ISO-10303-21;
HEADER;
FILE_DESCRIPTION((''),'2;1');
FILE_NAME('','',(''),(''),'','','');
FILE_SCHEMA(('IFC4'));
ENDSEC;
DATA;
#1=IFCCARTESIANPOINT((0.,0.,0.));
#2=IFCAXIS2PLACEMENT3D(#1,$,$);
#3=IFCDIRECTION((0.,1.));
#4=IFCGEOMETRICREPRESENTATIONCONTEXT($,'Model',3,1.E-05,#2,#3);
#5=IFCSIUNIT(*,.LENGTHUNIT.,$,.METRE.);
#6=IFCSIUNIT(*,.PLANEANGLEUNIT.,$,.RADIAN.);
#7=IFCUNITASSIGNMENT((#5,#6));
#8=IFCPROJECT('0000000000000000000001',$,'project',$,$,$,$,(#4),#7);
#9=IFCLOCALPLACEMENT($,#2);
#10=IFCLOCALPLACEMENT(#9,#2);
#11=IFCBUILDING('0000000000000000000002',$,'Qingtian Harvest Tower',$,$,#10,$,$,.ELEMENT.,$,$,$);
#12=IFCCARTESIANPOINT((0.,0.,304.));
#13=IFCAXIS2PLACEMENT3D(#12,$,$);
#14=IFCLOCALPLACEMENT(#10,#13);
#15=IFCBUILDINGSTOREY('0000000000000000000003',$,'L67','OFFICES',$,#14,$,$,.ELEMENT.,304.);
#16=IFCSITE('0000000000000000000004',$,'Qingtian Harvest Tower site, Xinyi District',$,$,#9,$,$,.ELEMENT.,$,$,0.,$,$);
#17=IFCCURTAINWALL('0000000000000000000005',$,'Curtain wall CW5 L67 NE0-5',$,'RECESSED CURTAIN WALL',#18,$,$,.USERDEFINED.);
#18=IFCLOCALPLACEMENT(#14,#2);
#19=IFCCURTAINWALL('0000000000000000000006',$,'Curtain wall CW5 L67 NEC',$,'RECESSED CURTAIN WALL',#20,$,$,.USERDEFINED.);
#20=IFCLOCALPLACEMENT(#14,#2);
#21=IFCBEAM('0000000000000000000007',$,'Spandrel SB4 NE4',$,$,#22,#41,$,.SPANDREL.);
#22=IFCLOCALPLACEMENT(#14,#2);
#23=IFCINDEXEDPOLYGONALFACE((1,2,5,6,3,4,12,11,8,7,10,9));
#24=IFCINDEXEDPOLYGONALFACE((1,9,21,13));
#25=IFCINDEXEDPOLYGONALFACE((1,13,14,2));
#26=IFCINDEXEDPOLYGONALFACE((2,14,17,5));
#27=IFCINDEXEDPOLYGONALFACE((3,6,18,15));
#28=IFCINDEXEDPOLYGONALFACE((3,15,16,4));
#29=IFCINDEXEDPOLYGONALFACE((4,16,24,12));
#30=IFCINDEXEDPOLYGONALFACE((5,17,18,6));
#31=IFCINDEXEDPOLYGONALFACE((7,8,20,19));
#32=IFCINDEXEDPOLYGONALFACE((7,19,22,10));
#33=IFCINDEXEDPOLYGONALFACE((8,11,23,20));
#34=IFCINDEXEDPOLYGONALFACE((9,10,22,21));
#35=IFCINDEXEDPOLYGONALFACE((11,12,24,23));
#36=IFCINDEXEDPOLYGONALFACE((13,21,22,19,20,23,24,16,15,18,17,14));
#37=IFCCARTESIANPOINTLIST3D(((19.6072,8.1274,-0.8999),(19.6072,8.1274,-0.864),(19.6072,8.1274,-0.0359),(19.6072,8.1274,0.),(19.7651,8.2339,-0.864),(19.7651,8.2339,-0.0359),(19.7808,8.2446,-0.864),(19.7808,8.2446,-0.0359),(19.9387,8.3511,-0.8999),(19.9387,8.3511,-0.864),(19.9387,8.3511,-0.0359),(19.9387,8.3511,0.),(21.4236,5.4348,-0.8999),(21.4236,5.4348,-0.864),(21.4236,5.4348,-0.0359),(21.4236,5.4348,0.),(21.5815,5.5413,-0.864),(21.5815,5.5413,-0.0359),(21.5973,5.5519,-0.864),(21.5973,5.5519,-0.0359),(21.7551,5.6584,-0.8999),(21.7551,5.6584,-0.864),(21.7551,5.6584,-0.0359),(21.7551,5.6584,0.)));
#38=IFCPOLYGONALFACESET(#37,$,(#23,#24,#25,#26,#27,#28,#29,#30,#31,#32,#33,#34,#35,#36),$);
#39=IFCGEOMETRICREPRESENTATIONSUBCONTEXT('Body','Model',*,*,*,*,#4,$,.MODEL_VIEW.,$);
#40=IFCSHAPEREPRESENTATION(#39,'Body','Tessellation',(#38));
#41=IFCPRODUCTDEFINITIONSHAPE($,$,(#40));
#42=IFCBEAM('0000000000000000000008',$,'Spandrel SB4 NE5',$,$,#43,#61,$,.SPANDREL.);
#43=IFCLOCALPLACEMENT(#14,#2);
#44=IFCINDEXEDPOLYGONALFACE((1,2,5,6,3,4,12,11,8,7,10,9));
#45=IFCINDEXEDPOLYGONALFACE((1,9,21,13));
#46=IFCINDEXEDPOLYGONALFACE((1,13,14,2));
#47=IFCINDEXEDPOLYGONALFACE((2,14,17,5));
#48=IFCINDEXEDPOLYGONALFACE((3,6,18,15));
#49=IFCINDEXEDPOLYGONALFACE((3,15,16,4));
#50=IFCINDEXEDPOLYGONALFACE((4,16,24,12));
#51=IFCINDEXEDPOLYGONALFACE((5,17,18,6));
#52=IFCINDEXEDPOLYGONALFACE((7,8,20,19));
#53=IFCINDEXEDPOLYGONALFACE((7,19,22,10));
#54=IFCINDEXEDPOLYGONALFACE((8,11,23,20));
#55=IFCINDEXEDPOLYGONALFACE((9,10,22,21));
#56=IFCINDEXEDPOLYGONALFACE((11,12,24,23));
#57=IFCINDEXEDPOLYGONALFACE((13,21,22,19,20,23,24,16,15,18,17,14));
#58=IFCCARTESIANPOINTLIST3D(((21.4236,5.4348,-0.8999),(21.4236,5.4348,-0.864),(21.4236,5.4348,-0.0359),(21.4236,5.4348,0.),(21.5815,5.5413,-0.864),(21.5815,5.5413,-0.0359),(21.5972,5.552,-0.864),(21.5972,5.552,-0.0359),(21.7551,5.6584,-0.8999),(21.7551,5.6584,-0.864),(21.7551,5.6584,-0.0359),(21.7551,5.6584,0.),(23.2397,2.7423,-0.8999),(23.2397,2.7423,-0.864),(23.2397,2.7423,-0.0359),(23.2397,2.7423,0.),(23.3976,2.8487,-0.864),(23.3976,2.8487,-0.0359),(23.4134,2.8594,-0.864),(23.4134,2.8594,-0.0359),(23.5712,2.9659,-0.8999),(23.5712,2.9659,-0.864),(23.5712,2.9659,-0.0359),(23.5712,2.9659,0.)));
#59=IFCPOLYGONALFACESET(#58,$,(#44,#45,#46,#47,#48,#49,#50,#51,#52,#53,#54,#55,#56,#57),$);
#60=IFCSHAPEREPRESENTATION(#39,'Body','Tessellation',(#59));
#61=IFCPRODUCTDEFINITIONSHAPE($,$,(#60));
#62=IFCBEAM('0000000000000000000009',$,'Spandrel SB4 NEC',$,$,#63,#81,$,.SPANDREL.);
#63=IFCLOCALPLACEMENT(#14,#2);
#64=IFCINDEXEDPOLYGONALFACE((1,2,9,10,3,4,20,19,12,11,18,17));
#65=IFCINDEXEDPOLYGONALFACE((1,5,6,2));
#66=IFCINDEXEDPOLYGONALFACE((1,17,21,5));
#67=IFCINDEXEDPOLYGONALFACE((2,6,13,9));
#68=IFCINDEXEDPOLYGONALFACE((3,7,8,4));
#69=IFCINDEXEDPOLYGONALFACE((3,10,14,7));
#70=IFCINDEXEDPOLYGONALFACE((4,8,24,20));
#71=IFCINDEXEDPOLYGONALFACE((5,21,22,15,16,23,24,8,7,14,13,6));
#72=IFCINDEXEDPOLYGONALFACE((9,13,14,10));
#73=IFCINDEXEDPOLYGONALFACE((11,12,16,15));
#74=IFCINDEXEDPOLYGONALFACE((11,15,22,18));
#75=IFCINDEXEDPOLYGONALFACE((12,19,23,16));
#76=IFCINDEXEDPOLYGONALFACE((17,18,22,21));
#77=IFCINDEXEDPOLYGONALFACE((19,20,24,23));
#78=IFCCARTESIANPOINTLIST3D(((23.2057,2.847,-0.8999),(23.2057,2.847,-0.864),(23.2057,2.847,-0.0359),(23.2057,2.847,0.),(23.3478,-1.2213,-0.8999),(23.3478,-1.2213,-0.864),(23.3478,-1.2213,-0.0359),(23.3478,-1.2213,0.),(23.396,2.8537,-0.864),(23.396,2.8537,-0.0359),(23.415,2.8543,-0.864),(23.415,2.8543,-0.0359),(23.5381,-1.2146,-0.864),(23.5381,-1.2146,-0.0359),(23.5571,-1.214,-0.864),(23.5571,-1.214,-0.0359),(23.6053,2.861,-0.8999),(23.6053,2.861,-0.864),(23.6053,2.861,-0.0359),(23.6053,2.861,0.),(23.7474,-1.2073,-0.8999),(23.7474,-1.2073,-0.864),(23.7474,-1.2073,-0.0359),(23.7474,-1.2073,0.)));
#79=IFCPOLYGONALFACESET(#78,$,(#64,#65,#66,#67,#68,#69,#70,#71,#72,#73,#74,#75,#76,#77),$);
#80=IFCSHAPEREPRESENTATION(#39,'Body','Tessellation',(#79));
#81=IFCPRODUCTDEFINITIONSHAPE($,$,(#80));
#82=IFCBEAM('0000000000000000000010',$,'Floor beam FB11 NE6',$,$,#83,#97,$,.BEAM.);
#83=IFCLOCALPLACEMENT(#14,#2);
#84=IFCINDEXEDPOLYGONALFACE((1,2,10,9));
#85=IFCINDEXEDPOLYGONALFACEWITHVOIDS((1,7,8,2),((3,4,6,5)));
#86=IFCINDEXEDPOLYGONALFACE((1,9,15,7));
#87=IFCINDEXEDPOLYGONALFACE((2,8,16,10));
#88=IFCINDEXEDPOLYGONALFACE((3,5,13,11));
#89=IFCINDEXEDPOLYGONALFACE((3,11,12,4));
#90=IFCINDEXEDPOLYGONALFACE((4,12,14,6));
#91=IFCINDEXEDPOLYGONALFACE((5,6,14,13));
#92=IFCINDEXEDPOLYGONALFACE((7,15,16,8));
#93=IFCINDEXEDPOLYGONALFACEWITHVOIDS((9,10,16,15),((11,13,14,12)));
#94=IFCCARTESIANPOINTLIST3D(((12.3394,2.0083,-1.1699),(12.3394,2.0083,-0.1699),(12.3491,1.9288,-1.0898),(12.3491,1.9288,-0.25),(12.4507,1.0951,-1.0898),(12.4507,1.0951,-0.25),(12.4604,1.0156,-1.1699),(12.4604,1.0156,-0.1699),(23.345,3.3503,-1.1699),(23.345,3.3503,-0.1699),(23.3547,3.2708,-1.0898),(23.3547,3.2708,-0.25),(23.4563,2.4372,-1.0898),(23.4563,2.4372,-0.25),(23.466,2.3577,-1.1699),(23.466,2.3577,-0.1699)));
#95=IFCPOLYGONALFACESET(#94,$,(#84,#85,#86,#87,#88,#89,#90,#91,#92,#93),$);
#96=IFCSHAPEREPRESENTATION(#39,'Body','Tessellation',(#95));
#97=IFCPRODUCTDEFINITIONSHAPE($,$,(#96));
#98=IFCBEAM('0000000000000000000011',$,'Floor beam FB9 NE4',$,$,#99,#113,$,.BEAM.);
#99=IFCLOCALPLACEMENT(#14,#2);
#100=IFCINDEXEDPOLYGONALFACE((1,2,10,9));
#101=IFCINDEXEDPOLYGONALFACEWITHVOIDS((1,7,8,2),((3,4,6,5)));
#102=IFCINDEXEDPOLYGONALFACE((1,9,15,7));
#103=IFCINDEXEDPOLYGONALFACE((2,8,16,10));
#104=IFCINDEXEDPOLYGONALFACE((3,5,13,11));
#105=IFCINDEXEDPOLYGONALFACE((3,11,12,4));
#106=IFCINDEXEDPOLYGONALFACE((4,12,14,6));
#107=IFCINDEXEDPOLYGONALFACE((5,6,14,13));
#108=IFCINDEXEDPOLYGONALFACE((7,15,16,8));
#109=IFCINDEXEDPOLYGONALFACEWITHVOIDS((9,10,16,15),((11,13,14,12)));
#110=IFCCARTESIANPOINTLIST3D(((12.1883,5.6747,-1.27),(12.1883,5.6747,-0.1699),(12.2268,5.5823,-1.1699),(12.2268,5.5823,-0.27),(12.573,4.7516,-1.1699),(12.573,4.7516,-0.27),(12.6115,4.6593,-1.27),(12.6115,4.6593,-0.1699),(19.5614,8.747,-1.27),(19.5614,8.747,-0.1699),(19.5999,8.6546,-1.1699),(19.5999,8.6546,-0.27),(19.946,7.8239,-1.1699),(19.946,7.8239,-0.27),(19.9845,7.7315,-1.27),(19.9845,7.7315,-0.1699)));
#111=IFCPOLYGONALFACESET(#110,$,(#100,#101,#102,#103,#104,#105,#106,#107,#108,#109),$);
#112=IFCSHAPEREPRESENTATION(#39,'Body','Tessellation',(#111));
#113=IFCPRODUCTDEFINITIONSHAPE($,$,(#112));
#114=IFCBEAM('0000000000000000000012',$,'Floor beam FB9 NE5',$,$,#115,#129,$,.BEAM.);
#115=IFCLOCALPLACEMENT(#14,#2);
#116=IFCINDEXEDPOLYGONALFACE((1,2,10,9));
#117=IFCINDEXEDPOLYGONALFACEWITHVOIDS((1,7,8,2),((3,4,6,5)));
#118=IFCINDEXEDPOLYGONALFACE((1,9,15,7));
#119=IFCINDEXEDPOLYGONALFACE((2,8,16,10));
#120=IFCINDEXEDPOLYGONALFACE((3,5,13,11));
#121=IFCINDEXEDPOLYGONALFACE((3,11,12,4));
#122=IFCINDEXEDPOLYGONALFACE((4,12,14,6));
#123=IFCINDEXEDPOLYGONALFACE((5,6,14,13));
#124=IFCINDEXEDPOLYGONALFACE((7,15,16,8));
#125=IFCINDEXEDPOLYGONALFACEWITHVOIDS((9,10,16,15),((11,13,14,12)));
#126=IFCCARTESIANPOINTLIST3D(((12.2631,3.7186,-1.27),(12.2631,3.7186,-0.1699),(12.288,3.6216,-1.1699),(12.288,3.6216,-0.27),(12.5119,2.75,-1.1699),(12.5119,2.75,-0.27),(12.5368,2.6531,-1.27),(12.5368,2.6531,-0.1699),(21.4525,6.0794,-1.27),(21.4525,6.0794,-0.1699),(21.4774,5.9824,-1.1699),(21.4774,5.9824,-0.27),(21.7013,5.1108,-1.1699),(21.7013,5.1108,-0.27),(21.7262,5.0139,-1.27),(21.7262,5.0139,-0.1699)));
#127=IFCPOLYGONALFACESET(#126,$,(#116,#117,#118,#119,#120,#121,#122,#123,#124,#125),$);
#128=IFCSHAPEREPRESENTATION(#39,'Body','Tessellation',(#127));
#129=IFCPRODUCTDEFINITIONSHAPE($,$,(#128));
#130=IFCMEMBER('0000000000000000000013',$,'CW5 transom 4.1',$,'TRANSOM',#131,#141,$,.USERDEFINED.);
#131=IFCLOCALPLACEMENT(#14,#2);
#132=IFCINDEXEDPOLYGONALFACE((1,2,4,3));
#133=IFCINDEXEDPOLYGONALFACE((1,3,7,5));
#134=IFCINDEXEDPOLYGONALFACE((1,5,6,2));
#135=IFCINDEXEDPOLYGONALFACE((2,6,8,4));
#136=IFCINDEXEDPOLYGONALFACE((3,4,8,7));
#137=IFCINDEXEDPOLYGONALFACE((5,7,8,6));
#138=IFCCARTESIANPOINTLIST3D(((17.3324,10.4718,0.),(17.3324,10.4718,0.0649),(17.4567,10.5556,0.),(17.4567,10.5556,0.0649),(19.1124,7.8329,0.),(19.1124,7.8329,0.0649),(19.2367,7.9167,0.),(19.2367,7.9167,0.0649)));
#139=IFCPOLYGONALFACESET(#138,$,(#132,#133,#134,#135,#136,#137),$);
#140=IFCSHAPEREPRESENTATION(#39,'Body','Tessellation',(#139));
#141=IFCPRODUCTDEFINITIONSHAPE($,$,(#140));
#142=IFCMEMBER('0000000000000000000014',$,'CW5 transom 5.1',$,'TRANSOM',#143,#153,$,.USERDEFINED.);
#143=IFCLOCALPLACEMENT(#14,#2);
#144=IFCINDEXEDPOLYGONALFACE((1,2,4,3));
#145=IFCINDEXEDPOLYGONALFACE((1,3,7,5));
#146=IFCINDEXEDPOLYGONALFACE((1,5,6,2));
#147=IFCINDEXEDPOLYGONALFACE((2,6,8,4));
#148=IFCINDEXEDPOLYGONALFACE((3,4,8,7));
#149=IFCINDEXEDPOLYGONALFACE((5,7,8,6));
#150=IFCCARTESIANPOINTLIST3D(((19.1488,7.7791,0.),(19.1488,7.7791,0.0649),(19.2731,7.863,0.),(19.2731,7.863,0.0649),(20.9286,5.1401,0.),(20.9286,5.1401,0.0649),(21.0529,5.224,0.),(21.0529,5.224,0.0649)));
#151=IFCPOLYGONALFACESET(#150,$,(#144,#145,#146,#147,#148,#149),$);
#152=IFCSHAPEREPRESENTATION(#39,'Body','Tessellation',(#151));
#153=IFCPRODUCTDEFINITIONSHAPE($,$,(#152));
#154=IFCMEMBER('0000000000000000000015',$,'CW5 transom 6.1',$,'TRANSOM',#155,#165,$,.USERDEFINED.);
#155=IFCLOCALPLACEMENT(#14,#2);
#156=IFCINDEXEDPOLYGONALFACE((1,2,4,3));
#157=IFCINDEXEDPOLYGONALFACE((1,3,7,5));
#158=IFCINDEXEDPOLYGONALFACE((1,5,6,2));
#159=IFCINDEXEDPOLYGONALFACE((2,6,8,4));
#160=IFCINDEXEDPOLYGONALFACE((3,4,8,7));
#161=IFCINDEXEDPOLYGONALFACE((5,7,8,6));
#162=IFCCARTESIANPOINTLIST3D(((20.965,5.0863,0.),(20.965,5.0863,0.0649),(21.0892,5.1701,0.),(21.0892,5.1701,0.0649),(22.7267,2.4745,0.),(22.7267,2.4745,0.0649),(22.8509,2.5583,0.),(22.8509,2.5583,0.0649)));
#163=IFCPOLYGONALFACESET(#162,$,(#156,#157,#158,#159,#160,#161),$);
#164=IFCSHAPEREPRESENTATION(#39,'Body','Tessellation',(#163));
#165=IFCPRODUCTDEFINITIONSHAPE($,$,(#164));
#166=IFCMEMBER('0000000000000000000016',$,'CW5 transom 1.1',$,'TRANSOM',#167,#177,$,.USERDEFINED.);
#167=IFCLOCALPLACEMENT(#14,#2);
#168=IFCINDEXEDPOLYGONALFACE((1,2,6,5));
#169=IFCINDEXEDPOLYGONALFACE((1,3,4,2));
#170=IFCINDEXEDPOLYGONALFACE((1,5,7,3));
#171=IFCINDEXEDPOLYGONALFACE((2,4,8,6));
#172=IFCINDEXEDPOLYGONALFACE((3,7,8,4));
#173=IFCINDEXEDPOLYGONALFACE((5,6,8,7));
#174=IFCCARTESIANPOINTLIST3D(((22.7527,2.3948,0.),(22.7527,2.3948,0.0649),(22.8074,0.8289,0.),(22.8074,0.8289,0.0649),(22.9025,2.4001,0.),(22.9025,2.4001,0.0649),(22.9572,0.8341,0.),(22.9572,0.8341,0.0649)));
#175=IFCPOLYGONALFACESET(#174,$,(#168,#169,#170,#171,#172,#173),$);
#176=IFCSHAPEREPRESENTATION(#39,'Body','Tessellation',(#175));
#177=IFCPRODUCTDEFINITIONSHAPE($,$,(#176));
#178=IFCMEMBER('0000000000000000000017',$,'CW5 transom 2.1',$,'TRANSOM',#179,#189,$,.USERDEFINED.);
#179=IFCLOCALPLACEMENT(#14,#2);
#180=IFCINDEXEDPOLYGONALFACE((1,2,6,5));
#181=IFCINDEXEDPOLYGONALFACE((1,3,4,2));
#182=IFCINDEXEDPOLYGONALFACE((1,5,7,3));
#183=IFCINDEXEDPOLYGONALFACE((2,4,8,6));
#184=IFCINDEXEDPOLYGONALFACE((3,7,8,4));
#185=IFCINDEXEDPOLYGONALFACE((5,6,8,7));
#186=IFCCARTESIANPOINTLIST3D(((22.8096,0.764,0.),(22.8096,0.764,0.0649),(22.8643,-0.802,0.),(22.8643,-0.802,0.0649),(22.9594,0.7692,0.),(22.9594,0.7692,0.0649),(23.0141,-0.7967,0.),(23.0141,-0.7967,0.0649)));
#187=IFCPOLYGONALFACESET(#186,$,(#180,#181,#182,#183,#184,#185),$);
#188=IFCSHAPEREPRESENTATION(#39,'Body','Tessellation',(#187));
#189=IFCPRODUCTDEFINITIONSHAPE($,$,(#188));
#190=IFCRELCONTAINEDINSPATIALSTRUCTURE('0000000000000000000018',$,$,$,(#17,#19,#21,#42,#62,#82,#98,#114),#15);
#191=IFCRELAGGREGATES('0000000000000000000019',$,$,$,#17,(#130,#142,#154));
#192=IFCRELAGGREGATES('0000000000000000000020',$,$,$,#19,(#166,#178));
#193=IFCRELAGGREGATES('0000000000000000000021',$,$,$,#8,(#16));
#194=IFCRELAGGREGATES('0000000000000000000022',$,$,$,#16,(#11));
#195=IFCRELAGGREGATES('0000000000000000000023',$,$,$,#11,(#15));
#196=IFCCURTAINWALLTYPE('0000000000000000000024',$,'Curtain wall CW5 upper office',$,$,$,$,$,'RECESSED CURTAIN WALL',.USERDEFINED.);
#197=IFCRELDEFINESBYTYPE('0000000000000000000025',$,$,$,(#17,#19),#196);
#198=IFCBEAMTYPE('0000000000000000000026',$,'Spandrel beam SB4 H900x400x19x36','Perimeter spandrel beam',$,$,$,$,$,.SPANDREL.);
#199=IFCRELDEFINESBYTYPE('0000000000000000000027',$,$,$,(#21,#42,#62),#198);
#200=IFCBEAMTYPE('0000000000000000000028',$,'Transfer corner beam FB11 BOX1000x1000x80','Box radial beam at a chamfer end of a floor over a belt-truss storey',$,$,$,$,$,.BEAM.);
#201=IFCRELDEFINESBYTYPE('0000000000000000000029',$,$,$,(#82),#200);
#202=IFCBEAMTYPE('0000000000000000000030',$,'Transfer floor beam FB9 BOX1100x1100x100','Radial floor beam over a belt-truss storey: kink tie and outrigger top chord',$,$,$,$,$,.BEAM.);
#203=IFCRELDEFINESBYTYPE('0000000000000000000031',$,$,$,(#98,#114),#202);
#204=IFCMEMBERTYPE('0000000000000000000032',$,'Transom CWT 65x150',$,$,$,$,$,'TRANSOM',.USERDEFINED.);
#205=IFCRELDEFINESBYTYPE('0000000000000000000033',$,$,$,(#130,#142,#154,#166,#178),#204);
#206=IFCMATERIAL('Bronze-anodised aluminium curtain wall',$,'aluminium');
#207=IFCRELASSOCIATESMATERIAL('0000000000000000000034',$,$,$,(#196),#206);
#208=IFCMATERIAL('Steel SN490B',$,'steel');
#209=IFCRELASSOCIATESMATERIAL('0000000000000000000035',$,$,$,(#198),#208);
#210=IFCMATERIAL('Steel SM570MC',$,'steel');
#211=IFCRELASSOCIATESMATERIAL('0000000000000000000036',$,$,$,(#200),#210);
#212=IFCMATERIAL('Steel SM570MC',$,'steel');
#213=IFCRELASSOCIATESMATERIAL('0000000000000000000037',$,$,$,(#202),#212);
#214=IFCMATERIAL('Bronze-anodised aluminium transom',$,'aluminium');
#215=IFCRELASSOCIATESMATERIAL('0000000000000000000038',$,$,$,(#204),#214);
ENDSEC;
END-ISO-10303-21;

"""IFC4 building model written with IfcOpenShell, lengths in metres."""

from ifc_helpers import new_model, si_unit, direction, frame, origin, origin_2d, place, context, subcontext, project, spatial, rectangle, hollow_rectangle, i_section, extrude, material, material_profile, profile_set, type_object, element, aggregate, save


model = new_model("IFC4")

# Units and contexts
model_context = context("Model", 3, precision=1e-05, world=origin(), true_north=direction((0.0, 1.0)))
body_context = subcontext(model_context, "Body", "Model", "MODEL_VIEW")
ifc_project = project(units=[si_unit("LENGTHUNIT", "METRE"), si_unit("PLANEANGLEUNIT", "RADIAN")], contexts=[model_context])

# Site, building, storey
site_placement = place(None, origin())
site = spatial("IfcSite", under=ifc_project, at=site_placement, Name="Qingtian Harvest Tower site, Xinyi District", CompositionType="ELEMENT", RefElevation=0.0)
building_placement = place(site_placement, origin())
building = spatial("IfcBuilding", under=site, at=building_placement, Name="Qingtian Harvest Tower", CompositionType="ELEMENT")
storey_placement = place(building_placement, frame((0.0, 0.0, 304.0)))
storey = spatial("IfcBuildingStorey", under=building, at=storey_placement, Name="L67", Description="OFFICES", CompositionType="ELEMENT", Elevation=304.0)

# Curtain walls
ifc_material_1 = material(Name="Bronze-anodised aluminium curtain wall", Category="aluminium")
curtain_wall_type = type_object("IfcCurtainWallType", Name="Curtain wall CW5 upper office", ElementType="RECESSED CURTAIN WALL", PredefinedType="USERDEFINED", material=ifc_material_1)
curtain_wall_1_placement = place(storey_placement, origin())
curtain_wall_1 = element("IfcCurtainWall", 1, at=curtain_wall_1_placement, inside=storey, type_object=curtain_wall_type, Name="Curtain wall CW5 L67 NE0-5", ObjectType="RECESSED CURTAIN WALL", PredefinedType="USERDEFINED")
curtain_wall_2_placement = place(storey_placement, origin())
curtain_wall_2 = element("IfcCurtainWall", 2, at=curtain_wall_2_placement, inside=storey, type_object=curtain_wall_type, Name="Curtain wall CW5 L67 NEC", ObjectType="RECESSED CURTAIN WALL", PredefinedType="USERDEFINED")

# Beams
ifc_material_2 = material(Name="Steel SN490B", Category="steel")
ifc_material_profile_1 = material_profile(ifc_material_2, i_section(OverallWidth=0.3999, OverallDepth=0.8999, WebThickness=0.019, FlangeThickness=0.0359, at=origin_2d()), Name="H900x400x19x36")
ifc_profile_set_1 = profile_set([ifc_material_profile_1], Name="Steel SN490B")
beam_type_1 = type_object("IfcBeamType", Name="Spandrel beam SB4 H900x400x19x36", Description="Perimeter spandrel beam", PredefinedType="SPANDREL", material=ifc_profile_set_1)
beam_1_placement = place(storey_placement, frame((19.7729, 8.2393, -0.45), z_axis=(0.559237, -0.829008, 0.0), x_axis=(0.829008, 0.559237, 0.0)))
element("IfcBeam", 3, at=beam_1_placement, inside=storey, type_object=beam_type_1, Name="Spandrel SB4 NE4", PredefinedType="SPANDREL", context=body_context, shape_type="SweptSolid", body=[
    extrude(i_section(OverallWidth=0.3999, OverallDepth=0.8999, WebThickness=0.019, FlangeThickness=0.0359, at=origin_2d()), origin(), (0.0, 0.0, 1.0), 3.248),
])
beam_2_placement = place(storey_placement, frame((21.5894, 5.5466, -0.45), z_axis=(0.559185, -0.829043, 0.0), x_axis=(0.829043, 0.559185, 0.0)))
element("IfcBeam", 4, at=beam_2_placement, inside=storey, type_object=beam_type_1, Name="Spandrel SB4 NE5", PredefinedType="SPANDREL", context=body_context, shape_type="SweptSolid", body=[
    extrude(i_section(OverallWidth=0.3999, OverallDepth=0.8999, WebThickness=0.019, FlangeThickness=0.0359, at=origin_2d()), origin(), (0.0, 0.0, 1.0), 3.2478),
])
beam_3_placement = place(storey_placement, frame((23.4055, 2.854, -0.45), z_axis=(0.034904, -0.999391, 0.0), x_axis=(0.999391, 0.034904, 0.0)))
element("IfcBeam", 5, at=beam_3_placement, inside=storey, type_object=beam_type_1, Name="Spandrel SB4 NEC", PredefinedType="SPANDREL", context=body_context, shape_type="SweptSolid", body=[
    extrude(i_section(OverallWidth=0.3999, OverallDepth=0.8999, WebThickness=0.019, FlangeThickness=0.0359, at=origin_2d()), origin(), (0.0, 0.0, 1.0), 4.0708),
])
ifc_material_3 = material(Name="Steel SM570MC", Category="steel")
ifc_material_profile_2 = material_profile(ifc_material_3, hollow_rectangle(XDim=1.0, YDim=1.0, WallThickness=0.0801, at=origin_2d()), Name="BOX1000x1000x80")
ifc_profile_set_2 = profile_set([ifc_material_profile_2], Name="Steel SM570MC")
beam_type_2 = type_object("IfcBeamType", Name="Transfer corner beam FB11 BOX1000x1000x80", Description="Box radial beam at a chamfer end of a floor over a belt-truss storey", PredefinedType="BEAM", material=ifc_profile_set_2)
beam_4_placement = place(storey_placement, frame((23.4055, 2.854, -0.6699), z_axis=(-0.992647, -0.121045, 0.0), x_axis=(0.121045, -0.992647, 0.0)))
element("IfcBeam", 6, at=beam_4_placement, inside=storey, type_object=beam_type_2, Name="Floor beam FB11 NE6", PredefinedType="BEAM", context=body_context, shape_type="SweptSolid", body=[
    extrude(hollow_rectangle(XDim=1.0, YDim=1.0, WallThickness=0.0801, at=origin_2d()), origin(), (0.0, 0.0, 1.0), 11.0872),
])
ifc_material_4 = material(Name="Steel SM570MC", Category="steel")
ifc_material_profile_3 = material_profile(ifc_material_4, hollow_rectangle(XDim=1.1001, YDim=1.1001, WallThickness=0.1001, at=origin_2d()), Name="BOX1100x1100x100")
ifc_profile_set_3 = profile_set([ifc_material_profile_3], Name="Steel SM570MC")
beam_type_3 = type_object("IfcBeamType", Name="Transfer floor beam FB9 BOX1100x1100x100", Description="Radial floor beam over a belt-truss storey: kink tie and outrigger top chord", PredefinedType="BEAM", material=ifc_profile_set_3)
beam_5_placement = place(storey_placement, frame((19.7729, 8.2393, -0.72), z_axis=(-0.92307, -0.384633, 0.0), x_axis=(0.384633, -0.92307, 0.0)))
element("IfcBeam", 7, at=beam_5_placement, inside=storey, type_object=beam_type_3, Name="Floor beam FB9 NE4", PredefinedType="BEAM", context=body_context, shape_type="SweptSolid", body=[
    extrude(hollow_rectangle(XDim=1.1001, YDim=1.1001, WallThickness=0.1001, at=origin_2d()), origin(), (0.0, 0.0, 1.0), 7.9875),
])
beam_6_placement = place(storey_placement, frame((21.5894, 5.5466, -0.72), z_axis=(-0.968548, -0.248827, 0.0), x_axis=(0.248827, -0.968548, 0.0)))
element("IfcBeam", 8, at=beam_6_placement, inside=storey, type_object=beam_type_3, Name="Floor beam FB9 NE5", PredefinedType="BEAM", context=body_context, shape_type="SweptSolid", body=[
    extrude(hollow_rectangle(XDim=1.1001, YDim=1.1001, WallThickness=0.1001, at=origin_2d()), origin(), (0.0, 0.0, 1.0), 9.4878),
])

# Members
ifc_material_5 = material(Name="Bronze-anodised aluminium transom", Category="aluminium")
ifc_material_profile_4 = material_profile(ifc_material_5, rectangle(XDim=0.1499, YDim=0.0649, at=origin_2d()), Name="AL 65x150")
ifc_profile_set_4 = profile_set([ifc_material_profile_4], Name="Bronze-anodised aluminium transom")
member_type_1 = type_object("IfcMemberType", Name="Transom CWT 65x150", ElementType="TRANSOM", PredefinedType="USERDEFINED", material=ifc_profile_set_4)
member_1_placement = place(storey_placement, frame((17.3945, 10.5137, 0.0325), z_axis=(0.559205, -0.829029, 0.0), x_axis=(0.829029, 0.559205, 0.0)))
member_1 = element("IfcMember", 9, at=member_1_placement, type_object=member_type_1, Name="CW5 transom 4.1", ObjectType="TRANSOM", PredefinedType="USERDEFINED", context=body_context, shape_type="SweptSolid", body=[
    extrude(rectangle(XDim=0.1499, YDim=0.0649, at=origin_2d()), origin(), (0.0, 0.0, 1.0), 3.1831),
])
member_2_placement = place(storey_placement, frame((19.2109, 7.821, 0.0325), z_axis=(0.559153, -0.829065, 0.0), x_axis=(0.829065, 0.559153, 0.0)))
member_2 = element("IfcMember", 10, at=member_2_placement, type_object=member_type_1, Name="CW5 transom 5.1", ObjectType="TRANSOM", PredefinedType="USERDEFINED", context=body_context, shape_type="SweptSolid", body=[
    extrude(rectangle(XDim=0.1499, YDim=0.0649, at=origin_2d()), origin(), (0.0, 0.0, 1.0), 3.1831),
])
member_3_placement = place(storey_placement, frame((21.0271, 5.1282, 0.0325), z_axis=(0.559199, -0.829034, 0.0), x_axis=(0.829034, 0.559199, 0.0)))
member_3 = element("IfcMember", 11, at=member_3_placement, type_object=member_type_1, Name="CW5 transom 6.1", ObjectType="TRANSOM", PredefinedType="USERDEFINED", context=body_context, shape_type="SweptSolid", body=[
    extrude(rectangle(XDim=0.1499, YDim=0.0649, at=origin_2d()), origin(), (0.0, 0.0, 1.0), 3.1504),
])
member_4_placement = place(storey_placement, frame((22.8276, 2.3975, 0.0325), z_axis=(0.034902, -0.999391, 0.0), x_axis=(0.999391, 0.034902, 0.0)))
member_4 = element("IfcMember", 12, at=member_4_placement, type_object=member_type_1, Name="CW5 transom 1.1", ObjectType="TRANSOM", PredefinedType="USERDEFINED", context=body_context, shape_type="SweptSolid", body=[
    extrude(rectangle(XDim=0.1499, YDim=0.0649, at=origin_2d()), origin(), (0.0, 0.0, 1.0), 1.5669),
])
member_5_placement = place(storey_placement, frame((22.8845, 0.7666, 0.0325), z_axis=(0.034902, -0.999391, 0.0), x_axis=(0.999391, 0.034902, 0.0)))
member_5 = element("IfcMember", 13, at=member_5_placement, type_object=member_type_1, Name="CW5 transom 2.1", ObjectType="TRANSOM", PredefinedType="USERDEFINED", context=body_context, shape_type="SweptSolid", body=[
    extrude(rectangle(XDim=0.1499, YDim=0.0649, at=origin_2d()), origin(), (0.0, 0.0, 1.0), 1.5669),
])

aggregate(curtain_wall_1, [member_1, member_2, member_3])
aggregate(curtain_wall_2, [member_4, member_5])

save(model, "model.ifc")
